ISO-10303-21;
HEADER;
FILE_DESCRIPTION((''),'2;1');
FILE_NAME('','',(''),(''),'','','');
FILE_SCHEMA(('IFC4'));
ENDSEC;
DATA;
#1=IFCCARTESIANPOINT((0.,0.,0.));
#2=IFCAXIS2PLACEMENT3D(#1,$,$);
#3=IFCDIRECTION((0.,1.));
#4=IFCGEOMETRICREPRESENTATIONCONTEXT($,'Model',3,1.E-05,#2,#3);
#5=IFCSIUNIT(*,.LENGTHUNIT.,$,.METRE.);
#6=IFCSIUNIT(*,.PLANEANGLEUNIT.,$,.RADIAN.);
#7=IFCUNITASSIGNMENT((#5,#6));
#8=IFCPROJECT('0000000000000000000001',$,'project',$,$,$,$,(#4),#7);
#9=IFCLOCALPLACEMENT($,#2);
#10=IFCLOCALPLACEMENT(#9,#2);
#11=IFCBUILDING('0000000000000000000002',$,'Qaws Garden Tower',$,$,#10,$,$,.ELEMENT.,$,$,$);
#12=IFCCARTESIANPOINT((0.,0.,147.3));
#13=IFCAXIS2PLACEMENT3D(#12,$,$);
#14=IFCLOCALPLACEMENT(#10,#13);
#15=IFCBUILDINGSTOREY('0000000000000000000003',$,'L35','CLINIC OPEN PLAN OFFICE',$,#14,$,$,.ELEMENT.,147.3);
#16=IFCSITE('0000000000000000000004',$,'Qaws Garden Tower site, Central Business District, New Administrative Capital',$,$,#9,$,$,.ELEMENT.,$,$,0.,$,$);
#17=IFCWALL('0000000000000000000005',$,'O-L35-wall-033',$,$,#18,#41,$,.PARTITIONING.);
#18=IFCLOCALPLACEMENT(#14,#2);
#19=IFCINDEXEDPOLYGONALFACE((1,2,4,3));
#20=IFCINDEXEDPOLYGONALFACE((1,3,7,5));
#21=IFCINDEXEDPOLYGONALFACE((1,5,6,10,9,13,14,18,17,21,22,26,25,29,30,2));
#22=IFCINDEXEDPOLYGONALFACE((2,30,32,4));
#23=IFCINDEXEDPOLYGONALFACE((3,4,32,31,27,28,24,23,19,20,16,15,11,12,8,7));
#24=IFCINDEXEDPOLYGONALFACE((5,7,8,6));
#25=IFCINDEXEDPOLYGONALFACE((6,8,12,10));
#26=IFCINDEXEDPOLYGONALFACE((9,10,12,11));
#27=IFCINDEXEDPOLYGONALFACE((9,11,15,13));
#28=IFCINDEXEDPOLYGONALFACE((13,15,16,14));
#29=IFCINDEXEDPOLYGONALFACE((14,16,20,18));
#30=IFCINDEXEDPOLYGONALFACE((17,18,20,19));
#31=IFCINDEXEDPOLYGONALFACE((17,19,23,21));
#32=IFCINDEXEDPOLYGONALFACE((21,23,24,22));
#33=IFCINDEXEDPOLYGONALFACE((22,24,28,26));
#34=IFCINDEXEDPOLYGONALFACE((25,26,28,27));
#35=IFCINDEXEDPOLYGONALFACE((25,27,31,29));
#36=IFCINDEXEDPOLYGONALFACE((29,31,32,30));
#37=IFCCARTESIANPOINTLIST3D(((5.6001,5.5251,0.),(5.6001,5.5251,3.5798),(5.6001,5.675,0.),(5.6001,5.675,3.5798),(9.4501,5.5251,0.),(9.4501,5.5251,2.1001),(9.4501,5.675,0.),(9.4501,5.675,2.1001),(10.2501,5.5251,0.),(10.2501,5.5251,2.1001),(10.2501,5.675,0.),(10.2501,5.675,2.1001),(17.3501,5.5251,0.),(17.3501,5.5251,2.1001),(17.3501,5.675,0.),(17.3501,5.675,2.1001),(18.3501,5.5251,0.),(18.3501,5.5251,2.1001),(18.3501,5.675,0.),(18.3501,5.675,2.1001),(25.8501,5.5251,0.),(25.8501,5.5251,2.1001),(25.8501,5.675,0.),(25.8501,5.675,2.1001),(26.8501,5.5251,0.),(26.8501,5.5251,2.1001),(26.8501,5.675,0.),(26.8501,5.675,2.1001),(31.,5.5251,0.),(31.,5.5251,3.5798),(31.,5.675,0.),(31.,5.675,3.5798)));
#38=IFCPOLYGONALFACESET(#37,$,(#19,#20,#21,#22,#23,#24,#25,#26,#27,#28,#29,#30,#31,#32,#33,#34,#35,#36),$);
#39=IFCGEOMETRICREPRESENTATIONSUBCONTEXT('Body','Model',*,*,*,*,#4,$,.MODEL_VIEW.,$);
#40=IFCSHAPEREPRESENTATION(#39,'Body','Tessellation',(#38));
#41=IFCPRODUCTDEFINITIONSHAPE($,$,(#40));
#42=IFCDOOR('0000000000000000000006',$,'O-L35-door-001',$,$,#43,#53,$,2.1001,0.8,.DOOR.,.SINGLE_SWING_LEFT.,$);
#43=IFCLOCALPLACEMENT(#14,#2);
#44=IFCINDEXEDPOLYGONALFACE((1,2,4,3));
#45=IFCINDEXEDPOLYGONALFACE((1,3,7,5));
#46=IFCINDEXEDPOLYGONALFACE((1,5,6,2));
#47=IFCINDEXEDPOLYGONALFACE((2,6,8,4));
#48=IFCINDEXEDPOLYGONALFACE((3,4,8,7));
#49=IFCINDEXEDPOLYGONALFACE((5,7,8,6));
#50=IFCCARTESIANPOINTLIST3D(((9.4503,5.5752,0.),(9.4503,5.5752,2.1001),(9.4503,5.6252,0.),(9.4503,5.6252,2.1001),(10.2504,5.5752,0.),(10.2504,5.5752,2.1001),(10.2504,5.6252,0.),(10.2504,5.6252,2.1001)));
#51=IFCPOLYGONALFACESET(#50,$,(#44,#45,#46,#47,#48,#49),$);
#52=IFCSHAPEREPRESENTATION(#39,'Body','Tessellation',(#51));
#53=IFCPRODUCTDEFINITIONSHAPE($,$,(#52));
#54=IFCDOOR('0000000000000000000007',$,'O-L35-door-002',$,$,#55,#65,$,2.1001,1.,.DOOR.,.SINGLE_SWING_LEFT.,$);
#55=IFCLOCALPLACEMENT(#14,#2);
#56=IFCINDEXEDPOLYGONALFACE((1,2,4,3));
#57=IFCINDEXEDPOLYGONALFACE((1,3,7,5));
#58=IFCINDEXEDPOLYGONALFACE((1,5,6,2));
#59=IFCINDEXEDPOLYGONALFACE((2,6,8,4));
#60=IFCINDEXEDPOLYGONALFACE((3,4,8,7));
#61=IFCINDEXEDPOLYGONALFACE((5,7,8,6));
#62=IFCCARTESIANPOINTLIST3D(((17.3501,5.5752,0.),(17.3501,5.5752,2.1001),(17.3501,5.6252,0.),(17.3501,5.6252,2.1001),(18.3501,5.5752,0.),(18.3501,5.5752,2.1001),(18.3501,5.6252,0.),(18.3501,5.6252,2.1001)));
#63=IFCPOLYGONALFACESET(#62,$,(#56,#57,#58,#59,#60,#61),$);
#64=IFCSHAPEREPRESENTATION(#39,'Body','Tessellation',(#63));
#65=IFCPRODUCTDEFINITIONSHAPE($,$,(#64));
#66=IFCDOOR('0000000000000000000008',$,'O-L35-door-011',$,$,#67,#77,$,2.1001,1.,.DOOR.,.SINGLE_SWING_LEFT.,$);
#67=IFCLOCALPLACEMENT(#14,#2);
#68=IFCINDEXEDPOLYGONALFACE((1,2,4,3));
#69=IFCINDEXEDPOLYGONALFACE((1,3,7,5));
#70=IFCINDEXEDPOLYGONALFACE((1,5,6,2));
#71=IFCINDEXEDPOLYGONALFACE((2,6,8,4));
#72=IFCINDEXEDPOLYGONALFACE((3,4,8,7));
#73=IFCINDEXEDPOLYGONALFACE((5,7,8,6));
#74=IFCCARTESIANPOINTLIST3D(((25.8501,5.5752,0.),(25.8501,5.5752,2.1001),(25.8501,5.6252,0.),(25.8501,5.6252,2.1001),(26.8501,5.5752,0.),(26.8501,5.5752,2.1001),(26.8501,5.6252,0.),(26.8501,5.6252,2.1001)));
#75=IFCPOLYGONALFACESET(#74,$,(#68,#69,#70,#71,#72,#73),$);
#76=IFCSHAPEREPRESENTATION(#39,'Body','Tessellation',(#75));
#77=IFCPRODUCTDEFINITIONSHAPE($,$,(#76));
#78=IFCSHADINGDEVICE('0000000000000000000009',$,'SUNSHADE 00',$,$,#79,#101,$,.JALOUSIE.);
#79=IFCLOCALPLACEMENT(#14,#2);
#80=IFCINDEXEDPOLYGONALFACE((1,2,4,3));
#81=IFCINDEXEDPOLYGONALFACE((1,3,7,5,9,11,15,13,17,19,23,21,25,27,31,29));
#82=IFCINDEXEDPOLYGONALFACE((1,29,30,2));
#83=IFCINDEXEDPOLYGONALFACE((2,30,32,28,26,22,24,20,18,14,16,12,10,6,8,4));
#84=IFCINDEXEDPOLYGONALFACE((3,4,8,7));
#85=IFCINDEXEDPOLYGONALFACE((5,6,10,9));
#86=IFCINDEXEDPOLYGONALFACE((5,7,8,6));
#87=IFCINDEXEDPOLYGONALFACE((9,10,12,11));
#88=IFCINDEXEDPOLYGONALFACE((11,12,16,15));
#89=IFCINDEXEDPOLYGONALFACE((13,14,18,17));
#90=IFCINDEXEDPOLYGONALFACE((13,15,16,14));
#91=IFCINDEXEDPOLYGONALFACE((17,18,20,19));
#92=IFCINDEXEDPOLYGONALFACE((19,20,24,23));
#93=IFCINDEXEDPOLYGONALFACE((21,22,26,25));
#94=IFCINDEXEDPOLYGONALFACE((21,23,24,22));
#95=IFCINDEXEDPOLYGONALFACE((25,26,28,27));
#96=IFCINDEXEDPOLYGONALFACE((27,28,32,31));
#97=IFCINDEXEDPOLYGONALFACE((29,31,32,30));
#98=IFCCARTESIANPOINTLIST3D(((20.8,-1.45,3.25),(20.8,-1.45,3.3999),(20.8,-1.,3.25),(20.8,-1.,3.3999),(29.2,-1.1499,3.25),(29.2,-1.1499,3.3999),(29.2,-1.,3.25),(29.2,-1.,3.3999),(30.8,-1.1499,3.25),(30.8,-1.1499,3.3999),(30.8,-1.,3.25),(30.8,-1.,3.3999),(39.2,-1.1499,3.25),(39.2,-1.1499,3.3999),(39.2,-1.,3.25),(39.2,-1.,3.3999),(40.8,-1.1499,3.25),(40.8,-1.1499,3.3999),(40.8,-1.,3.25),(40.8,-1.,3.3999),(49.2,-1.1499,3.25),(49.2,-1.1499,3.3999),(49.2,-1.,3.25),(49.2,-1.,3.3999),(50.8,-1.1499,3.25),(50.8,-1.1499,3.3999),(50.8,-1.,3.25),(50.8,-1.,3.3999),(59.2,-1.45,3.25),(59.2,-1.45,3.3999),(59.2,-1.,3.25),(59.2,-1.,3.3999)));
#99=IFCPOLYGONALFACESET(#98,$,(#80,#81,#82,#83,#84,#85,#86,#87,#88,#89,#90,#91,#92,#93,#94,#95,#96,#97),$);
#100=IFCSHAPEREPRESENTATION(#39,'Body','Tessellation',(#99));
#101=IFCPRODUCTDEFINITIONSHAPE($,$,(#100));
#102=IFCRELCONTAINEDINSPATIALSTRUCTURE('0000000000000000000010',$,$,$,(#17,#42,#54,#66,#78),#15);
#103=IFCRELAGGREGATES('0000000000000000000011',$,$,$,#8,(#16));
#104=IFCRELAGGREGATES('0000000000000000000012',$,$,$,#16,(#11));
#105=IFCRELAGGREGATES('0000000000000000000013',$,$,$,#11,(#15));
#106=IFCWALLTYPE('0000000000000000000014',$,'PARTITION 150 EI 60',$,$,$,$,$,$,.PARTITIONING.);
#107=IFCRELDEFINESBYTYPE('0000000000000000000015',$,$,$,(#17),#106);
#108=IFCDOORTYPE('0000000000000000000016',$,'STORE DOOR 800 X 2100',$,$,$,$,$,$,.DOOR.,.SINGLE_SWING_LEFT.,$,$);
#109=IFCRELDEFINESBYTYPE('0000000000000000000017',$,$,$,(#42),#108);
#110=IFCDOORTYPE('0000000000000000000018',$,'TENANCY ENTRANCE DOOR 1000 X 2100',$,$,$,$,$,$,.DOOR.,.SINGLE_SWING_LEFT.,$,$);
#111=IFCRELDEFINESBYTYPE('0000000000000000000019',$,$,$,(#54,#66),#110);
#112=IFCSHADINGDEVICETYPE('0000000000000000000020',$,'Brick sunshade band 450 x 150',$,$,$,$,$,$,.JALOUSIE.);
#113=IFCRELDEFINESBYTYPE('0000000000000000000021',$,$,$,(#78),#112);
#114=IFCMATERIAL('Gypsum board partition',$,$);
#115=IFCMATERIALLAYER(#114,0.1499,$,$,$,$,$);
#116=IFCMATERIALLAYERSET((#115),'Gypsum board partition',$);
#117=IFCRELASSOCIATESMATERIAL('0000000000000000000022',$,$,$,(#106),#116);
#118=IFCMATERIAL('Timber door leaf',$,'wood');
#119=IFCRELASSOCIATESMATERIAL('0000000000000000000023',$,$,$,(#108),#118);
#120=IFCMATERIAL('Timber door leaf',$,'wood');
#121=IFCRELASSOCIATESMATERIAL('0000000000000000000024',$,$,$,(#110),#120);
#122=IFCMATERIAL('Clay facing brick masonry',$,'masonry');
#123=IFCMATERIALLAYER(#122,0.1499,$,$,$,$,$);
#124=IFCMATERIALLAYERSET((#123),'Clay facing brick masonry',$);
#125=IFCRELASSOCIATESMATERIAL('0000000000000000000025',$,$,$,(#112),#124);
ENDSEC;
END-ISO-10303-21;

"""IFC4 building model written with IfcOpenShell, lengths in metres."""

from ifc_helpers import new_model, si_unit, direction, frame, frame_2d, origin, place, context, subcontext, project, spatial, polyline, rectangle, outline, extrude, material, layer, layer_set, type_object, element, fill, save


model = new_model("IFC4")

# Units and contexts
model_context = context("Model", 3, precision=1e-05, world=origin(), true_north=direction((0.0, 1.0)))
body_context = subcontext(model_context, "Body", "Model", "MODEL_VIEW")
ifc_project = project(units=[si_unit("LENGTHUNIT", "METRE"), si_unit("PLANEANGLEUNIT", "RADIAN")], contexts=[model_context])

# Site, building, storey
site_placement = place(None, origin())
site = spatial("IfcSite", under=ifc_project, at=site_placement, Name="Qaws Garden Tower site, Central Business District, New Administrative Capital", CompositionType="ELEMENT", RefElevation=0.0)
building_placement = place(site_placement, origin())
building = spatial("IfcBuilding", under=site, at=building_placement, Name="Qaws Garden Tower", CompositionType="ELEMENT")
storey_placement = place(building_placement, frame((0.0, 0.0, 147.3)))
storey = spatial("IfcBuildingStorey", under=building, at=storey_placement, Name="L35", Description="CLINIC OPEN PLAN OFFICE", CompositionType="ELEMENT", Elevation=147.3)

# Shared definitions
ifc_material_1 = material(Name="Gypsum board partition")
ifc_layer_1 = layer(ifc_material_1, 0.1499)
ifc_layer_set_1 = layer_set([ifc_layer_1], Name="Gypsum board partition")
wall_type_1 = type_object("IfcWallType", Name="PARTITION 150 EI 60", PredefinedType="PARTITIONING", material=ifc_layer_set_1)

# Wall, openings, doors
wall_1_placement = place(storey_placement, frame((5.6001, 5.6001, 0.0), z_axis=(0.0, 0.0, 1.0), x_axis=(1.0, 0.0, 0.0)))
wall_1 = element("IfcWall", 1, at=wall_1_placement, inside=storey, type_object=wall_type_1, Name="O-L35-wall-033", PredefinedType="PARTITIONING", context=body_context, shape_type="SweptSolid", body=[
    extrude(rectangle(XDim=25.3999, YDim=0.1499, at=frame_2d((12.7, 0.0))), origin(), (0.0, 0.0, 1.0), 3.5798),
])
opening_1_placement = place(wall_1_placement, frame((3.8501, 0.0, 0.0)))
opening_1 = element("IfcOpeningElement", 2, at=opening_1_placement, cuts=wall_1, PredefinedType="OPENING", context=body_context, shape_type="SweptSolid", body=[
    extrude(rectangle(XDim=0.8, YDim=2.1001, at=frame_2d((0.3999, 1.05))), frame((0.0, 0.085, 0.0), z_axis=(0.0, -1.0, 0.0), x_axis=(1.0, 0.0, 0.0)), (0.0, 0.0, 1.0), 0.1699),
])
opening_2_placement = place(wall_1_placement, frame((11.75, 0.0, 0.0)))
opening_2 = element("IfcOpeningElement", 3, at=opening_2_placement, cuts=wall_1, PredefinedType="OPENING", context=body_context, shape_type="SweptSolid", body=[
    extrude(rectangle(XDim=1.0, YDim=2.1001, at=frame_2d((0.5, 1.05))), frame((0.0, 0.085, 0.0), z_axis=(0.0, -1.0, 0.0), x_axis=(1.0, 0.0, 0.0)), (0.0, 0.0, 1.0), 0.1699),
])
opening_3_placement = place(wall_1_placement, frame((20.25, 0.0, 0.0)))
opening_3 = element("IfcOpeningElement", 4, at=opening_3_placement, cuts=wall_1, PredefinedType="OPENING", context=body_context, shape_type="SweptSolid", body=[
    extrude(rectangle(XDim=1.0, YDim=2.1001, at=frame_2d((0.5, 1.05))), frame((0.0, 0.085, 0.0), z_axis=(0.0, -1.0, 0.0), x_axis=(1.0, 0.0, 0.0)), (0.0, 0.0, 1.0), 0.1699),
])
ifc_material_2 = material(Name="Timber door leaf", Category="wood")
door_type_1 = type_object("IfcDoorType", Name="STORE DOOR 800 X 2100", OperationType="SINGLE_SWING_LEFT", PredefinedType="DOOR", material=ifc_material_2)
door_1_placement = place(opening_1_placement, frame((0.8, 0.0, 0.0), z_axis=(0.0, 0.0, 1.0), x_axis=(-1.0, 0.0, 0.0)))
door_1 = element("IfcDoor", 5, at=door_1_placement, inside=storey, type_object=door_type_1, Name="O-L35-door-001", OperationType="SINGLE_SWING_LEFT", OverallHeight=2.1001, OverallWidth=0.8, PredefinedType="DOOR", context=body_context, shape_type="SweptSolid", body=[
    extrude(rectangle(XDim=0.8, YDim=2.1001, at=frame_2d((0.3999, 1.05))), frame((0.0, 0.0249, 0.0), z_axis=(0.0, -1.0, 0.0), x_axis=(1.0, 0.0, 0.0)), (0.0, 0.0, 1.0), 0.05),
])
fill(opening_1, door_1)
ifc_material_3 = material(Name="Timber door leaf", Category="wood")
door_type_2 = type_object("IfcDoorType", Name="TENANCY ENTRANCE DOOR 1000 X 2100", OperationType="SINGLE_SWING_LEFT", PredefinedType="DOOR", material=ifc_material_3)
door_2_placement = place(opening_2_placement, frame((1.0, 0.0, 0.0), z_axis=(0.0, 0.0, 1.0), x_axis=(-1.0, 0.0, 0.0)))
door_2 = element("IfcDoor", 6, at=door_2_placement, inside=storey, type_object=door_type_2, Name="O-L35-door-002", OperationType="SINGLE_SWING_LEFT", OverallHeight=2.1001, OverallWidth=1.0, PredefinedType="DOOR", context=body_context, shape_type="SweptSolid", body=[
    extrude(rectangle(XDim=1.0, YDim=2.1001, at=frame_2d((0.5, 1.05))), frame((0.0, 0.0249, 0.0), z_axis=(0.0, -1.0, 0.0), x_axis=(1.0, 0.0, 0.0)), (0.0, 0.0, 1.0), 0.05),
])
fill(opening_2, door_2)
door_3_placement = place(opening_3_placement, frame((1.0, 0.0, 0.0), z_axis=(0.0, 0.0, 1.0), x_axis=(-1.0, 0.0, 0.0)))
door_3 = element("IfcDoor", 7, at=door_3_placement, inside=storey, type_object=door_type_2, Name="O-L35-door-011", OperationType="SINGLE_SWING_LEFT", OverallHeight=2.1001, OverallWidth=1.0, PredefinedType="DOOR", context=body_context, shape_type="SweptSolid", body=[
    extrude(rectangle(XDim=1.0, YDim=2.1001, at=frame_2d((0.5, 1.05))), frame((0.0, 0.0249, 0.0), z_axis=(0.0, -1.0, 0.0), x_axis=(1.0, 0.0, 0.0)), (0.0, 0.0, 1.0), 0.05),
])
fill(opening_3, door_3)

# Shading device
ifc_material_4 = material(Name="Clay facing brick masonry", Category="masonry")
ifc_layer_2 = layer(ifc_material_4, 0.1499)
ifc_layer_set_2 = layer_set([ifc_layer_2], Name="Clay facing brick masonry")
shading_device_type = type_object("IfcShadingDeviceType", Name="Brick sunshade band 450 x 150", PredefinedType="JALOUSIE", material=ifc_layer_set_2)
shading_device_placement = place(storey_placement, frame((0.0, 0.0, 3.25)))
element("IfcShadingDevice", 8, at=shading_device_placement, inside=storey, type_object=shading_device_type, Name="SUNSHADE 00", PredefinedType="JALOUSIE", context=body_context, shape_type="SweptSolid", body=[
    extrude(outline(polyline([(20.8, -1.0), (20.8, -1.45), (59.2, -1.45), (59.2, -1.0), (50.8, -1.0), (50.8, -1.1499), (49.2, -1.1499), (49.2, -1.0), (40.8, -1.0), (40.8, -1.1499), (39.2, -1.1499), (39.2, -1.0), (30.8, -1.0), (30.8, -1.1499), (29.2, -1.1499), (29.2, -1.0), (20.8, -1.0)])), origin(), (0.0, 0.0, 1.0), 0.1499),
])

save(model, "model.ifc")
